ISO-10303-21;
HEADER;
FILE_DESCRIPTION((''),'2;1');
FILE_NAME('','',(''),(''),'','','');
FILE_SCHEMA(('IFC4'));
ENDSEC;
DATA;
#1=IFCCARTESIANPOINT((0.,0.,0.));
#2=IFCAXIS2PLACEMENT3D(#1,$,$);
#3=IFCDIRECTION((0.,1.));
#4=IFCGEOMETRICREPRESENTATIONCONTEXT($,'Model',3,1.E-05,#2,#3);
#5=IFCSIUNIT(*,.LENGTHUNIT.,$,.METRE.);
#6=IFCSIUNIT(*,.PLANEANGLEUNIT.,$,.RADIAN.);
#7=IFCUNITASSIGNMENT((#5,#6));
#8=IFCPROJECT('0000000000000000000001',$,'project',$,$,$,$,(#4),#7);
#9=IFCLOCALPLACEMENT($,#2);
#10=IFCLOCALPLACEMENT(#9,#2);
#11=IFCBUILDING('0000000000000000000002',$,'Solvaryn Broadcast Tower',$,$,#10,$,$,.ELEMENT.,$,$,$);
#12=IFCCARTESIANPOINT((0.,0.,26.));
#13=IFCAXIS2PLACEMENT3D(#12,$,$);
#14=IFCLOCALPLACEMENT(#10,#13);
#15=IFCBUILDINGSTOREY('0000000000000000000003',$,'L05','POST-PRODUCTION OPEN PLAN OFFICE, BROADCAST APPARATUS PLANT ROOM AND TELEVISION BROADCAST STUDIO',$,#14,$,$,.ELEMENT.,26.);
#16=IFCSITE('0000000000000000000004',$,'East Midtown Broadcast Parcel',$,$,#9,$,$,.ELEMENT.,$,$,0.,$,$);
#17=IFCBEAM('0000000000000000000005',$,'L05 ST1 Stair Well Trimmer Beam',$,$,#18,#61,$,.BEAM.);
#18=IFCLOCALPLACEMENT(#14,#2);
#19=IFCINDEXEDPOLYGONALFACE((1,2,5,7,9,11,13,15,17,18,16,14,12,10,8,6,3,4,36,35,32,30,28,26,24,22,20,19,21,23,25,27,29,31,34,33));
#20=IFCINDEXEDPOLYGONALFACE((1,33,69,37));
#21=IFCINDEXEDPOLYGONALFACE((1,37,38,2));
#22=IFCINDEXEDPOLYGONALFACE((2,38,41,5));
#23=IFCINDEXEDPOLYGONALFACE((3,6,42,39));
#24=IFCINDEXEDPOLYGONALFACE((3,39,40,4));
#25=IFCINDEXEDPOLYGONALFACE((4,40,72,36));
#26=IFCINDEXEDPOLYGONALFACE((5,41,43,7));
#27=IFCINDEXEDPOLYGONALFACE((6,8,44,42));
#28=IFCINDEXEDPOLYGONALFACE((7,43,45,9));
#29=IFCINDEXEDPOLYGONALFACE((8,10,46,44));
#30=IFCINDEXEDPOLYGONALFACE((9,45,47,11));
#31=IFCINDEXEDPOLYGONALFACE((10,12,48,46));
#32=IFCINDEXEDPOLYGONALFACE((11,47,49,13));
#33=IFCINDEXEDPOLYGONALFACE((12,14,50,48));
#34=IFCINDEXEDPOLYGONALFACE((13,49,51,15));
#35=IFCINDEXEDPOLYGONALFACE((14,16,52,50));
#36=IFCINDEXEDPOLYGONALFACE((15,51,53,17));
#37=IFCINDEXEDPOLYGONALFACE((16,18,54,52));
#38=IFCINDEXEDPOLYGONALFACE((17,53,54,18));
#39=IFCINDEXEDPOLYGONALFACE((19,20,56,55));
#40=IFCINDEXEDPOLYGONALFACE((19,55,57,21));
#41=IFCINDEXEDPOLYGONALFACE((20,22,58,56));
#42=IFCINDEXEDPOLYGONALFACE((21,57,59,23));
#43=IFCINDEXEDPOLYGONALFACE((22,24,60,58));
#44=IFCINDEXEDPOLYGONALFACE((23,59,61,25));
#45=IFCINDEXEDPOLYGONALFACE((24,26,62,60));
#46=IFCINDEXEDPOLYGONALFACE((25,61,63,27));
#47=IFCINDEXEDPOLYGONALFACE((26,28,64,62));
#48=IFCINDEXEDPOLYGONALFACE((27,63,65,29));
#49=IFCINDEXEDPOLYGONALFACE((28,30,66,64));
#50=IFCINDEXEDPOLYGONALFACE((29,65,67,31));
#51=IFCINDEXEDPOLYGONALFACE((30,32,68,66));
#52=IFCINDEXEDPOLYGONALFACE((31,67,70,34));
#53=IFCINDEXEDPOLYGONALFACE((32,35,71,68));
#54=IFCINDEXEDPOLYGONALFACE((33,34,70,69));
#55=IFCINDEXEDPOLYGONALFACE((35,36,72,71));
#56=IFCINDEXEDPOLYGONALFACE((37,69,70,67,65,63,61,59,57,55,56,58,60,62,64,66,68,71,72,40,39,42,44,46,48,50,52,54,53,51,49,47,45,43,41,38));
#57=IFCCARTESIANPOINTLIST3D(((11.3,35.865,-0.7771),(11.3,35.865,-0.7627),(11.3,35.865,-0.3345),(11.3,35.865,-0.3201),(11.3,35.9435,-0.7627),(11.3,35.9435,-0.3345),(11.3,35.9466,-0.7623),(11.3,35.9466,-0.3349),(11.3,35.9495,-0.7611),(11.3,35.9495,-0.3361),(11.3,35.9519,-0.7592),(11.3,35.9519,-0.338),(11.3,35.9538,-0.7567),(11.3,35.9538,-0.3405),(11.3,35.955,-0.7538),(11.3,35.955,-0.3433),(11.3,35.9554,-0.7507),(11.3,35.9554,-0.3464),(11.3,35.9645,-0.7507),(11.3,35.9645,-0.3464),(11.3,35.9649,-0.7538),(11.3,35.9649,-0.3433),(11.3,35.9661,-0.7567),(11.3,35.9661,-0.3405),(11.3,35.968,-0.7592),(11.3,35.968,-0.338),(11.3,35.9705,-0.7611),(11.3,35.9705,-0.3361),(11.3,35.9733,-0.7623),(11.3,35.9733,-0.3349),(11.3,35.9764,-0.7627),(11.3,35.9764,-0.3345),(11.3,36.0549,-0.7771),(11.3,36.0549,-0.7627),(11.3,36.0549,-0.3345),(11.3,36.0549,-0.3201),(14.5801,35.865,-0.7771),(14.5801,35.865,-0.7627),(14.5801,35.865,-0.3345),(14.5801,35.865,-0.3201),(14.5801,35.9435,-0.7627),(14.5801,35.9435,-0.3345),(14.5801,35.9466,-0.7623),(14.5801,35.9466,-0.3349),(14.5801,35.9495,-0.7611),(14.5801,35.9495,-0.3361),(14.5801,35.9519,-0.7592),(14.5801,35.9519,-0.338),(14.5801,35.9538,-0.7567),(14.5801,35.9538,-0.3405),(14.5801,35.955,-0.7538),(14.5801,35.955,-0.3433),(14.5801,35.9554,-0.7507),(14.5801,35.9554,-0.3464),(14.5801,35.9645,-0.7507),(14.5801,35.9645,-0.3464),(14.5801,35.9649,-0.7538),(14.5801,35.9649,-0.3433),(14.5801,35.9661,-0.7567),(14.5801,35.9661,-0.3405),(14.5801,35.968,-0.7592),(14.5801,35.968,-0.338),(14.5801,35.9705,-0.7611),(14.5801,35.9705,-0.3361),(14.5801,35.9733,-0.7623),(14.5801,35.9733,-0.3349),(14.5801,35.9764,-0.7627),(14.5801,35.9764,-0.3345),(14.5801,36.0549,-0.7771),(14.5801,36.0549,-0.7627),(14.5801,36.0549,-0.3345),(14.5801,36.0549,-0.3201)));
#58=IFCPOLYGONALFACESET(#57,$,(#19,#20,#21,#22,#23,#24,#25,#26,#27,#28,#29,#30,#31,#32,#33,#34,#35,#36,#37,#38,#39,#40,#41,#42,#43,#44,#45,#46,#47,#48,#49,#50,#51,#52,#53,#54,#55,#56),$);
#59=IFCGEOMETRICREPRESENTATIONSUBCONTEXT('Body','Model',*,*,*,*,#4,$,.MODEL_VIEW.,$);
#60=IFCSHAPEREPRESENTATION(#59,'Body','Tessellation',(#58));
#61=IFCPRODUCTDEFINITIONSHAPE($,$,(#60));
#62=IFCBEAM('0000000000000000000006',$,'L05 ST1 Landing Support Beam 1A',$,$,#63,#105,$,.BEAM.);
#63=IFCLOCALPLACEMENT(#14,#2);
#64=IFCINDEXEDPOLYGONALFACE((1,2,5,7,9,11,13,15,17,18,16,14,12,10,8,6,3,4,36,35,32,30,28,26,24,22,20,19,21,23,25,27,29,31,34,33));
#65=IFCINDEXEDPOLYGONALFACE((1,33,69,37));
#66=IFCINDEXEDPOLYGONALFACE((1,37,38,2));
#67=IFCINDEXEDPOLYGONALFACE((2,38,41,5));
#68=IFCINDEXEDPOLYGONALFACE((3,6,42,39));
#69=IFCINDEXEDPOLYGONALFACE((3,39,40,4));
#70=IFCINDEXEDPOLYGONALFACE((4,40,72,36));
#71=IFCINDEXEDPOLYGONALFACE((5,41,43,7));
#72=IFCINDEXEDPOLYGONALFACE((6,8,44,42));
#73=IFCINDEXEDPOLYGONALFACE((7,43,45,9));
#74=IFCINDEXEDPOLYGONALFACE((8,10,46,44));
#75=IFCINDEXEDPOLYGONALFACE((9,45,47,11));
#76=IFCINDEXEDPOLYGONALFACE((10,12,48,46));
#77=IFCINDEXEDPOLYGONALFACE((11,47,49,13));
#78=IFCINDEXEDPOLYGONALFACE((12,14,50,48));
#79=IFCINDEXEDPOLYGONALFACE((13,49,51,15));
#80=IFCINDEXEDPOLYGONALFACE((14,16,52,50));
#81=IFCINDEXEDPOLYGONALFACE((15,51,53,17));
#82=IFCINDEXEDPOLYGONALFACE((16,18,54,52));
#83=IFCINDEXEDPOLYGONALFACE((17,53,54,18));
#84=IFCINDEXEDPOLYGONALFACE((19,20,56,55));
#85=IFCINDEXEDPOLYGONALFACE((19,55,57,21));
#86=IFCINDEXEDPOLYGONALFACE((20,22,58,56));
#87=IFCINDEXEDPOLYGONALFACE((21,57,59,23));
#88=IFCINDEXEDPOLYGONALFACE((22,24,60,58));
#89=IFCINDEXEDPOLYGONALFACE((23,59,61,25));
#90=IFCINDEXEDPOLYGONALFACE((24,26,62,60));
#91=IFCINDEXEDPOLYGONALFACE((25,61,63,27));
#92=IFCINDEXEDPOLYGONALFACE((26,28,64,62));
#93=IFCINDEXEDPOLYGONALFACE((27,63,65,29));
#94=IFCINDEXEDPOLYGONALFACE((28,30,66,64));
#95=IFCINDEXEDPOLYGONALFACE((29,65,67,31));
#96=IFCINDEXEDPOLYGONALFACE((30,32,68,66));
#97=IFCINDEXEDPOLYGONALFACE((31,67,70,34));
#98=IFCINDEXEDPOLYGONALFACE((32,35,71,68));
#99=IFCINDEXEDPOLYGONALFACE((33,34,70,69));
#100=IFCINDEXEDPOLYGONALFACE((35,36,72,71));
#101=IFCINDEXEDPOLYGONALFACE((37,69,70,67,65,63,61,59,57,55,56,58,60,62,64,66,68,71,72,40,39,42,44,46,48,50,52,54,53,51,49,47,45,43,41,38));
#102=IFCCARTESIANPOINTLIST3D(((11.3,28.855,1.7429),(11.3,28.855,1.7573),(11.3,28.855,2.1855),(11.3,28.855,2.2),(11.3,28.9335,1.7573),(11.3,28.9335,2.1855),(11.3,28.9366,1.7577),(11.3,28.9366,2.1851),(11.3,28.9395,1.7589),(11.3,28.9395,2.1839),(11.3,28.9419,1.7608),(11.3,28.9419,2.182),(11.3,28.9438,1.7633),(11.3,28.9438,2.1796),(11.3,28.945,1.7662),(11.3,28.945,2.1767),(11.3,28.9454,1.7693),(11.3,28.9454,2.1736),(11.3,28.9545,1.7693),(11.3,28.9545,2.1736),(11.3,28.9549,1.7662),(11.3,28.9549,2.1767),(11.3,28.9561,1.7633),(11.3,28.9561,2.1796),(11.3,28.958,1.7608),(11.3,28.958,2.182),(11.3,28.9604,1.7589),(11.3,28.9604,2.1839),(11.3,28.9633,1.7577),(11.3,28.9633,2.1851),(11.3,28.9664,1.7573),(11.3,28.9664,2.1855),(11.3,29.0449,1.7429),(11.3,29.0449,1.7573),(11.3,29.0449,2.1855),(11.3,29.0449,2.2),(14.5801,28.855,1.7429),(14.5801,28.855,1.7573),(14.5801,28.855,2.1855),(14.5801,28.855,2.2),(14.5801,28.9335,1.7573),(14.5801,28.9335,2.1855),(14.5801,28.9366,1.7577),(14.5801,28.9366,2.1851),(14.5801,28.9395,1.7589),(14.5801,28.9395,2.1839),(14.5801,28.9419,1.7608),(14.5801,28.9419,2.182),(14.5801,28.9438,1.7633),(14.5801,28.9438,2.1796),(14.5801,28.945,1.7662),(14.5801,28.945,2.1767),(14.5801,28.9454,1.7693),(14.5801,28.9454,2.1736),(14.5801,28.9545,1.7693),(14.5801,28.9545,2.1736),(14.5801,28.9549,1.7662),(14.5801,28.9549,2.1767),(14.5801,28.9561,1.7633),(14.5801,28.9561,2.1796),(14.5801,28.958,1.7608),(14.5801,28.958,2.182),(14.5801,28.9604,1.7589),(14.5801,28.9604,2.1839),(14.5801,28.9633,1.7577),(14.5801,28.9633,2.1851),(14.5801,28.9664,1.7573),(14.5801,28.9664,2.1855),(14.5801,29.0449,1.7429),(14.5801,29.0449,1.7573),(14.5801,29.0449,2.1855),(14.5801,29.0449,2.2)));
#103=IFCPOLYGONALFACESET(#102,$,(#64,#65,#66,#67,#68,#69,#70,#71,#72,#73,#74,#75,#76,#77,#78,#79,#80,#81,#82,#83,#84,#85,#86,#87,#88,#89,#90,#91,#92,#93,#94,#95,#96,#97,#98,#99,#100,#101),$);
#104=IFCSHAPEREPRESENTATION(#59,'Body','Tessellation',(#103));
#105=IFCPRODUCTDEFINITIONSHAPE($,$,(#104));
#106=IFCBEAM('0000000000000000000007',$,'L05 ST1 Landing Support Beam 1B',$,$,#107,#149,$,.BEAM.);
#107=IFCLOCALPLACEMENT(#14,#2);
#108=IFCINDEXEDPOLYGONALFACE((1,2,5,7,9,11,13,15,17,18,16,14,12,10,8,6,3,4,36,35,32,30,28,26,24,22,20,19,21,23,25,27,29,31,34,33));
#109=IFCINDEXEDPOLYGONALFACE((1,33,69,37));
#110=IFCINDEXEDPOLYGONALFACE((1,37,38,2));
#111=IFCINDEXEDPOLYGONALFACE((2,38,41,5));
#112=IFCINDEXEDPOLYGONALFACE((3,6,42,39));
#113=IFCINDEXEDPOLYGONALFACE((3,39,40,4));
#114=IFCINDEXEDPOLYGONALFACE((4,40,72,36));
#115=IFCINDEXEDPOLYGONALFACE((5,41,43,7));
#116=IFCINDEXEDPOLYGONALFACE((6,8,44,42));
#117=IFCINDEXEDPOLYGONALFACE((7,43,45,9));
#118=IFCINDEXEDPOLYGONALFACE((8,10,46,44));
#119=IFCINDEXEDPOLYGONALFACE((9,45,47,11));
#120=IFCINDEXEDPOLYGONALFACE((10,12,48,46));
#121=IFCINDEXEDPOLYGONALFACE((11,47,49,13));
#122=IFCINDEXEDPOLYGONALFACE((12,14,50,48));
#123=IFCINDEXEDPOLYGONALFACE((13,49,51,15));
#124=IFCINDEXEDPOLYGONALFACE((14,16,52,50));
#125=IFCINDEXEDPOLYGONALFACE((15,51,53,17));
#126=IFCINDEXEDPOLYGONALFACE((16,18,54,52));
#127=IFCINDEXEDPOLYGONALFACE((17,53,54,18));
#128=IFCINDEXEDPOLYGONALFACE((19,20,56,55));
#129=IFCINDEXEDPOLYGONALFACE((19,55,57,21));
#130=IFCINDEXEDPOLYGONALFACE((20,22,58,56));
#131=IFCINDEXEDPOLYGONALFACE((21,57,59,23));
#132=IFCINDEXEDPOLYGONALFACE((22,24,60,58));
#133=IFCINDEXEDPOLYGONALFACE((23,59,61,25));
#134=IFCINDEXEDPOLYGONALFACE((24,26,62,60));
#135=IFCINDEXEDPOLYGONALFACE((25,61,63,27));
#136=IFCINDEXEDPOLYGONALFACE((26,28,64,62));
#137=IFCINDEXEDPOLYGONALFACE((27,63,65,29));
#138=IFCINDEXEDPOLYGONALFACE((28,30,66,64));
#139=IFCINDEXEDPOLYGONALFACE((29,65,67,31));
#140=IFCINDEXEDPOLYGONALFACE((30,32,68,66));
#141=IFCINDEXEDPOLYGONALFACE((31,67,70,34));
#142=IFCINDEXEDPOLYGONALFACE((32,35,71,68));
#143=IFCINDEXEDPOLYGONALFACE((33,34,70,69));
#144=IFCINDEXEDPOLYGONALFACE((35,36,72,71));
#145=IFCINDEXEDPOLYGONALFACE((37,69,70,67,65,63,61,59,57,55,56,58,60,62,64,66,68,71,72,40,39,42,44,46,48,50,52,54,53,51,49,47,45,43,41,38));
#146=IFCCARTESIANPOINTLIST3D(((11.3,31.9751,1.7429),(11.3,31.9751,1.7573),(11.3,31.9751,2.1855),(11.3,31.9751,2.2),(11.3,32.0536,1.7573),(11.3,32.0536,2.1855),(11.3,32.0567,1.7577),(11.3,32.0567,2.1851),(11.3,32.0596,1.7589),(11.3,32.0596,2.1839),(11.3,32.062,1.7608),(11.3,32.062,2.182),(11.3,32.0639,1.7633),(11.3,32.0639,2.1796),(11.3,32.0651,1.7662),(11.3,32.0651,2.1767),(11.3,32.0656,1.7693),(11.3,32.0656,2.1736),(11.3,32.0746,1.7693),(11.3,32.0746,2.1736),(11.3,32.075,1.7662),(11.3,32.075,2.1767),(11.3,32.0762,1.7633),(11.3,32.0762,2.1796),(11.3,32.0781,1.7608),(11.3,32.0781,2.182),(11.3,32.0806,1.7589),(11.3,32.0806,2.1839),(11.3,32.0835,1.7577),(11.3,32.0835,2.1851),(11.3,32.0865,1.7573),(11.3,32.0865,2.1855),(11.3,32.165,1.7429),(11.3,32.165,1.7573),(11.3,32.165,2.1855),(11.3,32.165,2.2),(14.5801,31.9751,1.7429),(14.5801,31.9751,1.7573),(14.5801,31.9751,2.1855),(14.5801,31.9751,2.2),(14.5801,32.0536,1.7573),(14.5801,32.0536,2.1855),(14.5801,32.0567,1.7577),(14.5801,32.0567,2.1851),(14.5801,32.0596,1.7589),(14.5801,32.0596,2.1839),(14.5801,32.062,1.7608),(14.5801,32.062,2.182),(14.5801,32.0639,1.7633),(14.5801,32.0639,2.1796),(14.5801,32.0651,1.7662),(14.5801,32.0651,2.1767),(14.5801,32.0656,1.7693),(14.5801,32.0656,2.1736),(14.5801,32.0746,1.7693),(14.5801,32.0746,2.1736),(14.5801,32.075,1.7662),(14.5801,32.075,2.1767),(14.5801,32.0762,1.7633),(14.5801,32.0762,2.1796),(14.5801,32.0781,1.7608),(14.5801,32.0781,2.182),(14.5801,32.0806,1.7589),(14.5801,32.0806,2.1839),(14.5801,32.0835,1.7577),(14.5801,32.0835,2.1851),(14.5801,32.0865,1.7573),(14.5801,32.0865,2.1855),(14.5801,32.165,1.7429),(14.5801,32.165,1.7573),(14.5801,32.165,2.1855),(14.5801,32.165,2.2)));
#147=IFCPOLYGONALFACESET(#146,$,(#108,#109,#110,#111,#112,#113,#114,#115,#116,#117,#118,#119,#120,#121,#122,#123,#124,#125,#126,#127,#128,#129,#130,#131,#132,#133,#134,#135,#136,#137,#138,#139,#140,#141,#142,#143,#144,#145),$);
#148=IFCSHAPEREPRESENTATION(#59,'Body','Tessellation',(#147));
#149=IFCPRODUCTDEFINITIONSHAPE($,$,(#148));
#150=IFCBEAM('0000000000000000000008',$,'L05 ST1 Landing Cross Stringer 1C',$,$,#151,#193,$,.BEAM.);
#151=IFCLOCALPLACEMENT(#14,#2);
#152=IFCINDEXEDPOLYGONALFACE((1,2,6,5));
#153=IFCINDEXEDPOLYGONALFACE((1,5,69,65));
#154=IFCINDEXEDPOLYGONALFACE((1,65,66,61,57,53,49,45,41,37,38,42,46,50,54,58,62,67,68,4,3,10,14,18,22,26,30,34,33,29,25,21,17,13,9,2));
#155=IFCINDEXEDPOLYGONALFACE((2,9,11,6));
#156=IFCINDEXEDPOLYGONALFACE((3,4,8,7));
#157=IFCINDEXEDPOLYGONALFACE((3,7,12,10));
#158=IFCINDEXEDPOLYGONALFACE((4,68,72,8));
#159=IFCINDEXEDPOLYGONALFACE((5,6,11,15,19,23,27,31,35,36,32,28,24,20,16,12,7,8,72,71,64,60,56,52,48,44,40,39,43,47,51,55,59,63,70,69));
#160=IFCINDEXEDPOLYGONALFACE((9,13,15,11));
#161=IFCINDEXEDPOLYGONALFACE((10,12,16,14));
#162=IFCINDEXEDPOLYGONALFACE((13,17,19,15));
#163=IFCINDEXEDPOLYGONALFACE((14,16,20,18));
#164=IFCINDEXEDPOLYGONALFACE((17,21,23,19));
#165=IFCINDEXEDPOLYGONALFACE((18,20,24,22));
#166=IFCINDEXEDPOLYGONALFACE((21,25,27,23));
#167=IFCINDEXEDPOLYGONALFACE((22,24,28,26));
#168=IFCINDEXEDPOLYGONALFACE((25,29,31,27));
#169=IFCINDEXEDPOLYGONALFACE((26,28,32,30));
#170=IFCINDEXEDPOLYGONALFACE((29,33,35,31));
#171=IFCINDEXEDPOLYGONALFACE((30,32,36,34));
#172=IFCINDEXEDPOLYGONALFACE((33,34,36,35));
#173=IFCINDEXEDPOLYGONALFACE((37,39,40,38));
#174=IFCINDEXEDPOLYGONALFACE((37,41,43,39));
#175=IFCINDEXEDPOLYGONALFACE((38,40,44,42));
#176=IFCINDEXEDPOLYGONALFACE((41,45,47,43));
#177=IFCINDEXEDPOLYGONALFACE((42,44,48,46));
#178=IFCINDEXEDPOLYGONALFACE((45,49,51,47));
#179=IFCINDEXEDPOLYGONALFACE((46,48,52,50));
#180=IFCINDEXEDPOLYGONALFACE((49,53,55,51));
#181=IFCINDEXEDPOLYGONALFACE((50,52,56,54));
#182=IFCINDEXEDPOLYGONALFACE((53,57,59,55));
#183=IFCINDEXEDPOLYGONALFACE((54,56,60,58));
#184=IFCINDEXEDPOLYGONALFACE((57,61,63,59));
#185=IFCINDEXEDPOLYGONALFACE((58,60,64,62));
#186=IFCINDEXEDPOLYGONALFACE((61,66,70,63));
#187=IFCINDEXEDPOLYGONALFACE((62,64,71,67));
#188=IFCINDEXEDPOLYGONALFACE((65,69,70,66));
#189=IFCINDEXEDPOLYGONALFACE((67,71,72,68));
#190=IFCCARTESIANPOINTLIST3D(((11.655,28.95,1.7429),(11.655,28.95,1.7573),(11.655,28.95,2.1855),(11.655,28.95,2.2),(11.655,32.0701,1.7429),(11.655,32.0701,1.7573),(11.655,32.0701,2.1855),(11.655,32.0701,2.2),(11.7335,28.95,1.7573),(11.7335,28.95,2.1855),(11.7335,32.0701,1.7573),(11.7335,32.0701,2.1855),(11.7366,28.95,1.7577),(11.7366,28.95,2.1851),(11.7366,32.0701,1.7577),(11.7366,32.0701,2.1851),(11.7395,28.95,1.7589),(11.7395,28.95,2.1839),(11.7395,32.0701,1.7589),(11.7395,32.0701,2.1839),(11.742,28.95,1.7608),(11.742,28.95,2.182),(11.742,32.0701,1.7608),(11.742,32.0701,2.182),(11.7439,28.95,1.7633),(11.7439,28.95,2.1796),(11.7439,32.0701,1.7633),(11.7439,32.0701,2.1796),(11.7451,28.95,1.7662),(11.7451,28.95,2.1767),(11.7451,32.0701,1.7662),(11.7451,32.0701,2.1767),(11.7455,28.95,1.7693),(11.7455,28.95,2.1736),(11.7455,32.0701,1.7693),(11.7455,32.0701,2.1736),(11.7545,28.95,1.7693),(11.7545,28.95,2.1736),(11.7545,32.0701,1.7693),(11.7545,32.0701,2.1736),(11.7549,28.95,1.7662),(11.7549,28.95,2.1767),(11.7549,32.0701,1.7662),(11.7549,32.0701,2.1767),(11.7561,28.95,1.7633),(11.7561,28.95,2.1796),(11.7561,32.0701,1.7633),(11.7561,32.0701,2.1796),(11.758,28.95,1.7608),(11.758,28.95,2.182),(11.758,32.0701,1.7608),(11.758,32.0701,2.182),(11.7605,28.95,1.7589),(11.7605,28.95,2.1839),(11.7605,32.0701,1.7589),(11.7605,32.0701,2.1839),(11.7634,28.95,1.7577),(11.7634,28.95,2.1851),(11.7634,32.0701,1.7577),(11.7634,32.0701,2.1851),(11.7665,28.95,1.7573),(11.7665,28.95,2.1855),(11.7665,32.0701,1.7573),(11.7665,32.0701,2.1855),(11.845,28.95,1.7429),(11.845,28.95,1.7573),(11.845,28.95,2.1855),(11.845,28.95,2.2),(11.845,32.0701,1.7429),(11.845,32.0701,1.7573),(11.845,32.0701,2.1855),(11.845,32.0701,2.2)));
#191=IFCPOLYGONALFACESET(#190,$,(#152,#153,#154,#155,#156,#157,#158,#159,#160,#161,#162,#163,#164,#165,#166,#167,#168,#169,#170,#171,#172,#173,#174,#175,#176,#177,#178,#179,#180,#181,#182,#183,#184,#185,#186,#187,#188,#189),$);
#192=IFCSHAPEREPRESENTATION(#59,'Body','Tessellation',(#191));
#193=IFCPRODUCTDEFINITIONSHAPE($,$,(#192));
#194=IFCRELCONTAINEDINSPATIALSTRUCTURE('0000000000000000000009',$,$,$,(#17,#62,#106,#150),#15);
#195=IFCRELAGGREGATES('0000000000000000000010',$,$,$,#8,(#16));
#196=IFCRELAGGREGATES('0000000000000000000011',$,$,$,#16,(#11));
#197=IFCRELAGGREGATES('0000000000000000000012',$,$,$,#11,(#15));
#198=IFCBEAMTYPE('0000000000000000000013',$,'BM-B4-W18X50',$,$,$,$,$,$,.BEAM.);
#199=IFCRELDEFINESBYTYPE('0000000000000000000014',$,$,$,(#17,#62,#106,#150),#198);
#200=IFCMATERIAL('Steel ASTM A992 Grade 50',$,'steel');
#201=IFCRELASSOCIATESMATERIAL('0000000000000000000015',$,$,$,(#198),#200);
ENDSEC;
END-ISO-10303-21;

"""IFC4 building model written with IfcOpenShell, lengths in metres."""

from ifc_helpers import new_model, si_unit, direction, frame, origin, origin_2d, place, context, subcontext, project, spatial, i_section, extrude, material, material_profile, profile_set, type_object, element, save


model = new_model("IFC4")

# Units and contexts
model_context = context("Model", 3, precision=1e-05, world=origin(), true_north=direction((0.0, 1.0)))
body_context = subcontext(model_context, "Body", "Model", "MODEL_VIEW")
ifc_project = project(units=[si_unit("LENGTHUNIT", "METRE"), si_unit("PLANEANGLEUNIT", "RADIAN")], contexts=[model_context])

# Site, building, storey
site_placement = place(None, origin())
site = spatial("IfcSite", under=ifc_project, at=site_placement, Name="East Midtown Broadcast Parcel", CompositionType="ELEMENT", RefElevation=0.0)
building_placement = place(site_placement, origin())
building = spatial("IfcBuilding", under=site, at=building_placement, Name="Solvaryn Broadcast Tower", CompositionType="ELEMENT")
storey_placement = place(building_placement, frame((0.0, 0.0, 26.0)))
storey = spatial("IfcBuildingStorey", under=building, at=storey_placement, Name="L05", Description="POST-PRODUCTION OPEN PLAN OFFICE, BROADCAST APPARATUS PLANT ROOM AND TELEVISION BROADCAST STUDIO", CompositionType="ELEMENT", Elevation=26.0)

# Beams
ifc_material_1 = material(Name="Steel ASTM A992 Grade 50", Category="steel")
ifc_material_profile_1 = material_profile(ifc_material_1, i_section(OverallWidth=0.1899, OverallDepth=0.457, WebThickness=0.009, FlangeThickness=0.0144, FilletRadius=0.012, at=origin_2d()))
ifc_profile_set_1 = profile_set([ifc_material_profile_1], Name="Steel ASTM A992 Grade 50")
beam_type = type_object("IfcBeamType", Name="BM-B4-W18X50", PredefinedType="BEAM", material=ifc_profile_set_1)
for number, where, z_axis, x_axis, name in (
    (1, (11.3, 35.96, -0.5486), (1.0, 0.0, 0.0), (0.0, 1.0, 0.0), "L05 ST1 Stair Well Trimmer Beam"),
    (2, (11.3, 28.95, 1.9714), (1.0, 0.0, 0.0), (0.0, 1.0, 0.0), "L05 ST1 Landing Support Beam 1A"),
    (3, (11.3, 32.0701, 1.9714), (1.0, 0.0, 0.0), (0.0, 1.0, 0.0), "L05 ST1 Landing Support Beam 1B"),
):
    element("IfcBeam", number, at=place(storey_placement, frame(where, z_axis=z_axis, x_axis=x_axis)), inside=storey, type_object=beam_type, Name=name, PredefinedType="BEAM", context=body_context, shape_type="SweptSolid", body=[
        extrude(i_section(OverallWidth=0.1899, OverallDepth=0.457, WebThickness=0.009, FlangeThickness=0.0144, FilletRadius=0.012, at=origin_2d()), origin(), (0.0, 0.0, 1.0), 3.28),
    ])
beam_1_placement = place(storey_placement, frame((11.75, 28.95, 1.9714), z_axis=(0.0, 1.0, 0.0), x_axis=(-1.0, 0.0, 0.0)))
element("IfcBeam", 4, at=beam_1_placement, inside=storey, type_object=beam_type, Name="L05 ST1 Landing Cross Stringer 1C", PredefinedType="BEAM", context=body_context, shape_type="SweptSolid", body=[
    extrude(i_section(OverallWidth=0.1899, OverallDepth=0.457, WebThickness=0.009, FlangeThickness=0.0144, FilletRadius=0.012, at=origin_2d()), origin(), (0.0, 0.0, 1.0), 3.1201),
])

save(model, "model.ifc")
